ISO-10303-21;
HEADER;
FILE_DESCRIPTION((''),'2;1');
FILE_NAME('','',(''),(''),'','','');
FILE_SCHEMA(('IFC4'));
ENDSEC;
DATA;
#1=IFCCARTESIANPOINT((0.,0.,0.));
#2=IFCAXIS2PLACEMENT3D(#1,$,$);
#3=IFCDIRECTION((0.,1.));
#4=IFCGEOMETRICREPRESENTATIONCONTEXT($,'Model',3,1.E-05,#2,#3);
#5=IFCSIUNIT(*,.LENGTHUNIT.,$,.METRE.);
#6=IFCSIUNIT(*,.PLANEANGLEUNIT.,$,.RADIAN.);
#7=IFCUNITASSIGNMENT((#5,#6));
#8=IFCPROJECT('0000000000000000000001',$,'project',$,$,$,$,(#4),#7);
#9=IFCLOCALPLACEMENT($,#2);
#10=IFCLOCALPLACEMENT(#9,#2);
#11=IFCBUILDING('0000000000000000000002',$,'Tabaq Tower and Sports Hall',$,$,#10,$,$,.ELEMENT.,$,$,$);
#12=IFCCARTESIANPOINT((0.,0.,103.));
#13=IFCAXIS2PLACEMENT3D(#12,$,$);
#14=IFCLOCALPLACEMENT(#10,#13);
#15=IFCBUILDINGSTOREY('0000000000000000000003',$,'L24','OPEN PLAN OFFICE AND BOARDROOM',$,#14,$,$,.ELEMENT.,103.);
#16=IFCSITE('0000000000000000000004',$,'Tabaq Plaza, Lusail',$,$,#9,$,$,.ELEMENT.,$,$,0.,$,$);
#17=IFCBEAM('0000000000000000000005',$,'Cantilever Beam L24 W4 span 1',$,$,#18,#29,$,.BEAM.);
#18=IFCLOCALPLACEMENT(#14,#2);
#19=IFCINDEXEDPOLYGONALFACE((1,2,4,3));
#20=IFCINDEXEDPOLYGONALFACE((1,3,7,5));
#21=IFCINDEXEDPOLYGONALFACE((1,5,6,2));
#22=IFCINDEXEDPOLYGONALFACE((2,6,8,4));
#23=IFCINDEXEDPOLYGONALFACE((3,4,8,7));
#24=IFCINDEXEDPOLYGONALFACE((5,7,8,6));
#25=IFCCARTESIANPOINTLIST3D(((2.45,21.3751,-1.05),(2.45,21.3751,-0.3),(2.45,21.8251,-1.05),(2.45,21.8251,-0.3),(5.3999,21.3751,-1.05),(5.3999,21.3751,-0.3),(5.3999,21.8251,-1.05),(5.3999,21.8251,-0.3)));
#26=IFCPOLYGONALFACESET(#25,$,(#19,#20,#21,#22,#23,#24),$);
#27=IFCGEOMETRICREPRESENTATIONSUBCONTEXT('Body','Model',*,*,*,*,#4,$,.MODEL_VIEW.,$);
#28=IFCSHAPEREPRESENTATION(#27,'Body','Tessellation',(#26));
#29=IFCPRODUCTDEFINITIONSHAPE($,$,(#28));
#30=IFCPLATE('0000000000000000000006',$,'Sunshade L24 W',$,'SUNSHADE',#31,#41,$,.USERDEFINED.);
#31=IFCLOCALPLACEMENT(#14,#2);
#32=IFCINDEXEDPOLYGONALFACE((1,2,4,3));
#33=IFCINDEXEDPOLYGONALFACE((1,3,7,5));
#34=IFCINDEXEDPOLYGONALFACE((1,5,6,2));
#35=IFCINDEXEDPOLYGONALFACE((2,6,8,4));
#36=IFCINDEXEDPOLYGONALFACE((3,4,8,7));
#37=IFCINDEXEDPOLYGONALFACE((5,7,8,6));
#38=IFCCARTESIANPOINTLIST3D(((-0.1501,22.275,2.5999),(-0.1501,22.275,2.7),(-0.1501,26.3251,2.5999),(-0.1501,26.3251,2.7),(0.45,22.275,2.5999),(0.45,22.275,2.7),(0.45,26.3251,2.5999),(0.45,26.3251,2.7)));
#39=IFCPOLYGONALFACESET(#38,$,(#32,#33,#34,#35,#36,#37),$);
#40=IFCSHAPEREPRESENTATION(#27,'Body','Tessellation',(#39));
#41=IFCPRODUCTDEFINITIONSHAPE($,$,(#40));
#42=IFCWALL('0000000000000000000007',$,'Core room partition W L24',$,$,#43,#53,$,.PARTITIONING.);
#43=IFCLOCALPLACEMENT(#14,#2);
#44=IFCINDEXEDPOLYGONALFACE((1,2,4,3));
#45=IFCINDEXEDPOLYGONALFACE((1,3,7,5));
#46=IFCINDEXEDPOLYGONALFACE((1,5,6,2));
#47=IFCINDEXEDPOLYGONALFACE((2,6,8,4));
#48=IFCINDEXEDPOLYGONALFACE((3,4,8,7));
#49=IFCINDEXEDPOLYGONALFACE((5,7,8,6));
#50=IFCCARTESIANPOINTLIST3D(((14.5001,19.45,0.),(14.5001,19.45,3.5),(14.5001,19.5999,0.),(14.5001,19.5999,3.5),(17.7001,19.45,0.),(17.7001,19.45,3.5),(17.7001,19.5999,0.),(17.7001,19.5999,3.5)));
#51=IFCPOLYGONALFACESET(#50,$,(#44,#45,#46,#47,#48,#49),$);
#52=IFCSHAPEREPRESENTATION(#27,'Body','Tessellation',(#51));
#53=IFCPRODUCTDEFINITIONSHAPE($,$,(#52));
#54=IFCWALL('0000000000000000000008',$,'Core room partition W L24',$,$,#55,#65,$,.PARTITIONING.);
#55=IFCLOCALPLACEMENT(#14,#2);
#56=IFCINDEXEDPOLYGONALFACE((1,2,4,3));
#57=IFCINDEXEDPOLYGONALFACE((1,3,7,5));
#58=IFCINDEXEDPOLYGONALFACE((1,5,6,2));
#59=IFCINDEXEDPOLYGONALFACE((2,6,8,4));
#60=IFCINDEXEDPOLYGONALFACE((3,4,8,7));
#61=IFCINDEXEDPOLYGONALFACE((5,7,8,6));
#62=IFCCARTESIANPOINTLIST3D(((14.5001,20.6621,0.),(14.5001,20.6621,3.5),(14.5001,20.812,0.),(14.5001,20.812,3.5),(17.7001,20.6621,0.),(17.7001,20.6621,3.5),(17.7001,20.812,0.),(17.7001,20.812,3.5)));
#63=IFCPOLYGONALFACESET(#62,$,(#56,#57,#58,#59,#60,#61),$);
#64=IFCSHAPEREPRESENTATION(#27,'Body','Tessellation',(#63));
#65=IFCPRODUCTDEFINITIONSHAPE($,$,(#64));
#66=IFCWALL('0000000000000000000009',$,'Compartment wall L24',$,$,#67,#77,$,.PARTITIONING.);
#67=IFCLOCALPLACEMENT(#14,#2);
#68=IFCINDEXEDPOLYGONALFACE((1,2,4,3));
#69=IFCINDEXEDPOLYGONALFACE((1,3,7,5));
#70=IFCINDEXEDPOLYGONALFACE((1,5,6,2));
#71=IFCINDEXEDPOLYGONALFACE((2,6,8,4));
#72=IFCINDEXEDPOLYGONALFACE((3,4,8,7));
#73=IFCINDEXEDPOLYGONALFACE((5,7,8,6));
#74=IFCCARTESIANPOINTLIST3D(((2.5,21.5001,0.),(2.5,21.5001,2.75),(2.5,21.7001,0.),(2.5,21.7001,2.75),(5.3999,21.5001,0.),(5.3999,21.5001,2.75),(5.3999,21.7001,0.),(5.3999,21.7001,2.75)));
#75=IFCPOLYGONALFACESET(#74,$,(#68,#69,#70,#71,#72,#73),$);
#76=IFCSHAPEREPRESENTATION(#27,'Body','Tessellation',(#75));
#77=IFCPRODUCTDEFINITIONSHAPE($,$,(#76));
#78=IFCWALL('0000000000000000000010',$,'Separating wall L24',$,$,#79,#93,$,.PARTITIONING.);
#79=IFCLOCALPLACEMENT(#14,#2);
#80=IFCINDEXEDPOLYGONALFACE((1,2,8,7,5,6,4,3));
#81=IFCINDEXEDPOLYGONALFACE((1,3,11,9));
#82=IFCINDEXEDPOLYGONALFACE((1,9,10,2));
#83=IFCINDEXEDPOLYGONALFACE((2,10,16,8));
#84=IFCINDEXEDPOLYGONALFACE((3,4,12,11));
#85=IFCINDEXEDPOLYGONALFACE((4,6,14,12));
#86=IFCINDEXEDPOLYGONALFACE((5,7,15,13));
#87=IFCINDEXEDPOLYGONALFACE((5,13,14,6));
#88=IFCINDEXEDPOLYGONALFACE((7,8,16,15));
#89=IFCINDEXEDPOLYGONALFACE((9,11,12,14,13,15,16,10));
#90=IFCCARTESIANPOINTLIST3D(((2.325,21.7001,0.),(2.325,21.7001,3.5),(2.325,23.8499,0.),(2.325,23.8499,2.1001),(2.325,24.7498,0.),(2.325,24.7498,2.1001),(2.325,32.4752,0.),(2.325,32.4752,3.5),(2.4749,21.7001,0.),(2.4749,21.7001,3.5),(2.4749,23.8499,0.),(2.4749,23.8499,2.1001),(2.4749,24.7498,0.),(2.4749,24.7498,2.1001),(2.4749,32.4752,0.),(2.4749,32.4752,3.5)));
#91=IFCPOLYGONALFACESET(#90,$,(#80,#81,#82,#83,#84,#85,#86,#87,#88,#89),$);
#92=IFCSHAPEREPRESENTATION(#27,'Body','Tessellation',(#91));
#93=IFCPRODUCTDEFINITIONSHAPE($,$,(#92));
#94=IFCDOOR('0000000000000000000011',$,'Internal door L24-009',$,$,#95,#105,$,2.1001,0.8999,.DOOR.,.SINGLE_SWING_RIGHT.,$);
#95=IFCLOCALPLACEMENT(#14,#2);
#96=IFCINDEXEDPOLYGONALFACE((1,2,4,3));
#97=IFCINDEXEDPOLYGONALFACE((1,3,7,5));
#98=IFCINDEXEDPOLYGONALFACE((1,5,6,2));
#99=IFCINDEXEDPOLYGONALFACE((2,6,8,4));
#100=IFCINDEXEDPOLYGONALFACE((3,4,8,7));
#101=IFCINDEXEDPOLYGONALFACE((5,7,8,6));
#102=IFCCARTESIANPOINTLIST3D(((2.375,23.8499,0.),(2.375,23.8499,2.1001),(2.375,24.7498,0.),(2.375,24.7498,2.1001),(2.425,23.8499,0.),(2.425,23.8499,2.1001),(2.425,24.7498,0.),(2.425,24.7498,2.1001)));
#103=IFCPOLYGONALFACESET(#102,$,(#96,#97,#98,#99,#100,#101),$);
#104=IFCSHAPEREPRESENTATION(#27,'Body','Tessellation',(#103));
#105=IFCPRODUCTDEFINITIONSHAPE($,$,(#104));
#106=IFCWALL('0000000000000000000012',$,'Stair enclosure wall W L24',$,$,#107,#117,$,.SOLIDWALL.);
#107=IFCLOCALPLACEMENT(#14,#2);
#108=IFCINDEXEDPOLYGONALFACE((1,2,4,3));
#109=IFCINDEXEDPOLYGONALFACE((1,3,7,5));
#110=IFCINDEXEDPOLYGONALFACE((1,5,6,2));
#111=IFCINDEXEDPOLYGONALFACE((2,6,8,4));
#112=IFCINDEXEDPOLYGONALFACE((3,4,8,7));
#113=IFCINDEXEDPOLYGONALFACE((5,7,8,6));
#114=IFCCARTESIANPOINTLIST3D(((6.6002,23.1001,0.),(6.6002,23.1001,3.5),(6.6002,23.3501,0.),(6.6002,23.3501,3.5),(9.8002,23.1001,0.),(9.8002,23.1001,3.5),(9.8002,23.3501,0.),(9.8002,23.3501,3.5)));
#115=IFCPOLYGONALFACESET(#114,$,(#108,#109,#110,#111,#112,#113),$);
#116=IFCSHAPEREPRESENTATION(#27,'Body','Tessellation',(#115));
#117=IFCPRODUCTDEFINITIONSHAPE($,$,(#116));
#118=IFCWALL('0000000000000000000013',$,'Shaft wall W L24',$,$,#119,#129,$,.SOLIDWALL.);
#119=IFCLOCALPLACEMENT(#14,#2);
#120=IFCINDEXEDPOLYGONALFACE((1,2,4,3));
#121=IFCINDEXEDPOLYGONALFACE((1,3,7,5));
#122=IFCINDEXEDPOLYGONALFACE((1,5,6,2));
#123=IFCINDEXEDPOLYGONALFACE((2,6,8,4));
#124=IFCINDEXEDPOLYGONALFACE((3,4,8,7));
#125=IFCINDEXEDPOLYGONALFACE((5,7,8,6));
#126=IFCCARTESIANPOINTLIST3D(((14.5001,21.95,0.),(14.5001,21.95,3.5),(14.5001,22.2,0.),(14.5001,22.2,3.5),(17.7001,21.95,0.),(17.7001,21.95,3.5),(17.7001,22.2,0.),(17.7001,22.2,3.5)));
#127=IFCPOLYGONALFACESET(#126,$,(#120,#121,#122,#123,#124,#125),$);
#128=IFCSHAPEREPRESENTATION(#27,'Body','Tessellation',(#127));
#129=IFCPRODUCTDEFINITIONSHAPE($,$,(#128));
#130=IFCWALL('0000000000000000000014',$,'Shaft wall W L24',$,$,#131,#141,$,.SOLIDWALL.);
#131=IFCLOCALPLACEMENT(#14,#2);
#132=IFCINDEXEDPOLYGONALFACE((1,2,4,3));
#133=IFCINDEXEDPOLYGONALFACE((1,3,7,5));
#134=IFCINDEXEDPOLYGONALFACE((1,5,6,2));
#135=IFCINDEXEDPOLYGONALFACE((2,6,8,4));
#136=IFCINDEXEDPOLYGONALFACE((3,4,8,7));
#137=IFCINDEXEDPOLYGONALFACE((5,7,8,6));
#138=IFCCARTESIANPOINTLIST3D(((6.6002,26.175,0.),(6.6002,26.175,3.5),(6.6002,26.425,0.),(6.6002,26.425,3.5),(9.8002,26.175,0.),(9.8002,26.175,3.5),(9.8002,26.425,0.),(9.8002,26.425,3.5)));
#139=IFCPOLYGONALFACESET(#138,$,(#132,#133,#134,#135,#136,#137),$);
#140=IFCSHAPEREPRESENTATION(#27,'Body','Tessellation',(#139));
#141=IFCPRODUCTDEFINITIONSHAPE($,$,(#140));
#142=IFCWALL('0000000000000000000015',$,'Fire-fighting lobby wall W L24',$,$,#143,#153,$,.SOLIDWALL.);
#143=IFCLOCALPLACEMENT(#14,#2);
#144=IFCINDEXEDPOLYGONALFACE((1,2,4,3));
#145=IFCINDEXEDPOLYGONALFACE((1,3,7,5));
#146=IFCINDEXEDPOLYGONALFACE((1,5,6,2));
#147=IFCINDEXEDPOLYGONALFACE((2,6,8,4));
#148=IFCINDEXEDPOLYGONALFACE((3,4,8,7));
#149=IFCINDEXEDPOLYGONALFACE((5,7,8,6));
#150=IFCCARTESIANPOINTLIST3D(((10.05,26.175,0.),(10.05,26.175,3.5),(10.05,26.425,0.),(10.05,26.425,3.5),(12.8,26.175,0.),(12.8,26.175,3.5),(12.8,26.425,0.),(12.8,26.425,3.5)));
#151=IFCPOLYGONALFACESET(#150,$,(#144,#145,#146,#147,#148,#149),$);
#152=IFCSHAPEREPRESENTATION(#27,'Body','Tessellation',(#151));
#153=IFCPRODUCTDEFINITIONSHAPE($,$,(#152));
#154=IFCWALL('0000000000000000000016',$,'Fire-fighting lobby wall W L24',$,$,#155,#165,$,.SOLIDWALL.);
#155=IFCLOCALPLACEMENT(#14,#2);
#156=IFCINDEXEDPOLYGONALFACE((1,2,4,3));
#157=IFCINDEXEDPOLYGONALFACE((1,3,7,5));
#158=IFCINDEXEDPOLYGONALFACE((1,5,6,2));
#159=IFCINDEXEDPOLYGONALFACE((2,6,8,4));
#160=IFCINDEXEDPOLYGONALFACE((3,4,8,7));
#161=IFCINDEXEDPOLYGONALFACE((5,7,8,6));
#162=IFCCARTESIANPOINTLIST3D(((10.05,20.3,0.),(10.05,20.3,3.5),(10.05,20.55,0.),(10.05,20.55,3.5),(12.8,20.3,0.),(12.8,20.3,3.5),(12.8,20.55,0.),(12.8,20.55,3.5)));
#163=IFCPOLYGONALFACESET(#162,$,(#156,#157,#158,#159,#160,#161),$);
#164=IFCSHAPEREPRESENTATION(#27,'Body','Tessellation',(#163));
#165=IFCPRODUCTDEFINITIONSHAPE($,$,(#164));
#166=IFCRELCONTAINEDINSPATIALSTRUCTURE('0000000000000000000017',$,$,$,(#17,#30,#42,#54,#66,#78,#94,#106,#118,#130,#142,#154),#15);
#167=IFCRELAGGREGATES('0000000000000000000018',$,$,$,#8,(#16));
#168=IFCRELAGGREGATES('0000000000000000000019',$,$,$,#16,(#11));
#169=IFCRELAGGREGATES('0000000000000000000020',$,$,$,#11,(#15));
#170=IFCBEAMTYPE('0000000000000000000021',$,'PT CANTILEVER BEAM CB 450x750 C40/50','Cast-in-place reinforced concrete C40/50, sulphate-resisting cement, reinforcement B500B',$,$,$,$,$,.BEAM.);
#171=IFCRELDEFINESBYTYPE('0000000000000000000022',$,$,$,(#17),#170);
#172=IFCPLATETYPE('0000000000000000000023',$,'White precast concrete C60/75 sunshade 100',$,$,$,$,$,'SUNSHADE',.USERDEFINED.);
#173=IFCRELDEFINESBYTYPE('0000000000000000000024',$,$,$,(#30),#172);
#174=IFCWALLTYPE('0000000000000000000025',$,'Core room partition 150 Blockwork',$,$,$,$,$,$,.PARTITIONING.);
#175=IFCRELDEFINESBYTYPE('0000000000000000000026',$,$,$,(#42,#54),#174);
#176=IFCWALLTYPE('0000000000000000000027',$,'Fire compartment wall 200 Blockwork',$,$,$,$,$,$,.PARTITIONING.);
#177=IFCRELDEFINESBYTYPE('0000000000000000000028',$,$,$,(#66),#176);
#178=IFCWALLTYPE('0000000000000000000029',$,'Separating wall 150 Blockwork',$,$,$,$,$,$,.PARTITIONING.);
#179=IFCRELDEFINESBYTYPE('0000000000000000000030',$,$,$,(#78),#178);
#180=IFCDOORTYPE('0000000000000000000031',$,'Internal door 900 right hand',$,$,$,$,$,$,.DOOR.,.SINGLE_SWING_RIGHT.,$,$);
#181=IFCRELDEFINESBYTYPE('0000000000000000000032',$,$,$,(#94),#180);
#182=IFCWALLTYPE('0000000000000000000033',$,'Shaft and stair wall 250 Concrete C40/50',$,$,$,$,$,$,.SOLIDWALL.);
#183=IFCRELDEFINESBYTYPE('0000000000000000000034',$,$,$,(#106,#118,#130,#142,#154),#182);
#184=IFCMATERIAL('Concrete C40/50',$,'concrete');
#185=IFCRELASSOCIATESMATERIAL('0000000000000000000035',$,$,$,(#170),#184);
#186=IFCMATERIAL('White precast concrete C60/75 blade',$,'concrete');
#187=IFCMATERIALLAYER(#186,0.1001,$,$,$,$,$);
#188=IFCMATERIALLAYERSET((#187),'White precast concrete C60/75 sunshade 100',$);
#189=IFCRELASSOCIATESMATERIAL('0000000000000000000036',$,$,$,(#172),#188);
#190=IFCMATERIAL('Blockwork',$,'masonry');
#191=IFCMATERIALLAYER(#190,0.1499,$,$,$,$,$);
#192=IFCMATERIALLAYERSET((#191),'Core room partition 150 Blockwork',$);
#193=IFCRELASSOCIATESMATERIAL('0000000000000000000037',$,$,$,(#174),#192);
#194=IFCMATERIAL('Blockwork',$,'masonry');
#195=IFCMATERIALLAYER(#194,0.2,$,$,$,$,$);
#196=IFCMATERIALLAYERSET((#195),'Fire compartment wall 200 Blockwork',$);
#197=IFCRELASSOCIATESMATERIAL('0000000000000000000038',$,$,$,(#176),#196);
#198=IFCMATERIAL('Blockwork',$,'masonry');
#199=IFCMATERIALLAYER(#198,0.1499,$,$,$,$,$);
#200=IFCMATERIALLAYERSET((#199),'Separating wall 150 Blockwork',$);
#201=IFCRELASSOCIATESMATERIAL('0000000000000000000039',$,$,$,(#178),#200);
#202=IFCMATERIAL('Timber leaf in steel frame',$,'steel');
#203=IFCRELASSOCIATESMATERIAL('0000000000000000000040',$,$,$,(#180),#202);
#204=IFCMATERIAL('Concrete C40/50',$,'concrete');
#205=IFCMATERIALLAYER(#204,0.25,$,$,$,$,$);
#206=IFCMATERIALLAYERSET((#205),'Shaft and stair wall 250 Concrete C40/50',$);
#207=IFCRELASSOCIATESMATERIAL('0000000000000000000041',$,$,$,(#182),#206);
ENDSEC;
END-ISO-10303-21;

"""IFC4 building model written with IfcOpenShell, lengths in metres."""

from ifc_helpers import new_model, si_unit, direction, frame, frame_2d, origin, origin_2d, place, context, subcontext, project, spatial, rectangle, extrude, material, layer, layer_set, material_profile, profile_set, type_object, element, fill, save


model = new_model("IFC4")

# Units and contexts
model_context = context("Model", 3, precision=1e-05, world=origin(), true_north=direction((0.0, 1.0)))
body_context = subcontext(model_context, "Body", "Model", "MODEL_VIEW")
ifc_project = project(units=[si_unit("LENGTHUNIT", "METRE"), si_unit("PLANEANGLEUNIT", "RADIAN")], contexts=[model_context])

# Site, building, storey
site_placement = place(None, origin())
site = spatial("IfcSite", under=ifc_project, at=site_placement, Name="Tabaq Plaza, Lusail", CompositionType="ELEMENT", RefElevation=0.0)
building_placement = place(site_placement, origin())
building = spatial("IfcBuilding", under=site, at=building_placement, Name="Tabaq Tower and Sports Hall", CompositionType="ELEMENT")
storey_placement = place(building_placement, frame((0.0, 0.0, 103.0)))
storey = spatial("IfcBuildingStorey", under=building, at=storey_placement, Name="L24", Description="OPEN PLAN OFFICE AND BOARDROOM", CompositionType="ELEMENT", Elevation=103.0)

# Beam
ifc_material_1 = material(Name="Concrete C40/50", Category="concrete")
ifc_material_profile = material_profile(ifc_material_1, rectangle(XDim=0.45, YDim=0.75, at=origin_2d()), Name="CB 450x750")
ifc_profile_set = profile_set([ifc_material_profile], Name="Concrete C40/50")
beam_type = type_object("IfcBeamType", Name="PT CANTILEVER BEAM CB 450x750 C40/50", Description="Cast-in-place reinforced concrete C40/50, sulphate-resisting cement, reinforcement B500B", PredefinedType="BEAM", material=ifc_profile_set)
beam_placement = place(storey_placement, frame((2.45, 21.6001, -0.675), z_axis=(1.0, 0.0, 0.0), x_axis=(0.0, 1.0, 0.0)))
element("IfcBeam", 1, at=beam_placement, inside=storey, type_object=beam_type, Name="Cantilever Beam L24 W4 span 1", PredefinedType="BEAM", context=body_context, shape_type="SweptSolid", body=[
    extrude(rectangle(XDim=0.45, YDim=0.75, at=origin_2d()), origin(), (0.0, 0.0, 1.0), 2.95),
])

# Plate
ifc_material_2 = material(Name="White precast concrete C60/75 blade", Category="concrete")
ifc_layer_1 = layer(ifc_material_2, 0.1001)
ifc_layer_set_1 = layer_set([ifc_layer_1], Name="White precast concrete C60/75 sunshade 100")
plate_type = type_object("IfcPlateType", Name="White precast concrete C60/75 sunshade 100", ElementType="SUNSHADE", PredefinedType="USERDEFINED", material=ifc_layer_set_1)
plate_placement = place(storey_placement, frame((0.1499, 24.3, 2.5999), z_axis=(0.0, 0.0, 1.0), x_axis=(0.0, -1.0, 0.0)))
element("IfcPlate", 2, at=plate_placement, inside=storey, type_object=plate_type, Name="Sunshade L24 W", ObjectType="SUNSHADE", PredefinedType="USERDEFINED", context=body_context, shape_type="SweptSolid", body=[
    extrude(rectangle(XDim=4.05, YDim=0.6001, at=origin_2d()), origin(), (0.0, 0.0, 1.0), 0.1001),
])

# Walls
ifc_material_3 = material(Name="Blockwork", Category="masonry")
ifc_layer_2 = layer(ifc_material_3, 0.1499)
ifc_layer_set_2 = layer_set([ifc_layer_2], Name="Core room partition 150 Blockwork")
wall_type_1 = type_object("IfcWallType", Name="Core room partition 150 Blockwork", PredefinedType="PARTITIONING", material=ifc_layer_set_2)
for number, where, z_axis, x_axis, name in (
    (3, (14.5, 19.5249, 0.0), (0.0, 0.0, 1.0), (1.0, 0.0, 0.0), "Core room partition W L24"),
    (4, (14.5, 20.7371, 0.0), (0.0, 0.0, 1.0), (1.0, 0.0, 0.0), "Core room partition W L24"),
):
    element("IfcWall", number, at=place(storey_placement, frame(where, z_axis=z_axis, x_axis=x_axis)), inside=storey, type_object=wall_type_1, Name=name, PredefinedType="PARTITIONING", context=body_context, shape_type="SweptSolid", body=[
        extrude(rectangle(XDim=3.2, YDim=0.1499, at=frame_2d((1.6001, 0.0))), origin(), (0.0, 0.0, 1.0), 3.5),
    ])
ifc_material_4 = material(Name="Blockwork", Category="masonry")
ifc_layer_3 = layer(ifc_material_4, 0.2)
ifc_layer_set_3 = layer_set([ifc_layer_3], Name="Fire compartment wall 200 Blockwork")
wall_type_2 = type_object("IfcWallType", Name="Fire compartment wall 200 Blockwork", PredefinedType="PARTITIONING", material=ifc_layer_set_3)
wall_1_placement = place(storey_placement, frame((5.3999, 21.6001, 0.0), z_axis=(0.0, 0.0, 1.0), x_axis=(-1.0, 0.0, 0.0)))
element("IfcWall", 5, at=wall_1_placement, inside=storey, type_object=wall_type_2, Name="Compartment wall L24", PredefinedType="PARTITIONING", context=body_context, shape_type="SweptSolid", body=[
    extrude(rectangle(XDim=2.8999, YDim=0.2, at=frame_2d((1.45, 0.0))), origin(), (0.0, 0.0, 1.0), 2.75),
])

# Wall, opening, door
ifc_material_5 = material(Name="Blockwork", Category="masonry")
ifc_layer_4 = layer(ifc_material_5, 0.1499)
ifc_layer_set_4 = layer_set([ifc_layer_4], Name="Separating wall 150 Blockwork")
wall_type_3 = type_object("IfcWallType", Name="Separating wall 150 Blockwork", PredefinedType="PARTITIONING", material=ifc_layer_set_4)
wall_2_placement = place(storey_placement, frame((2.3999, 21.7, 0.0), z_axis=(0.0, 0.0, 1.0), x_axis=(0.0, 1.0, 0.0)))
wall_2 = element("IfcWall", 6, at=wall_2_placement, inside=storey, type_object=wall_type_3, Name="Separating wall L24", PredefinedType="PARTITIONING", context=body_context, shape_type="SweptSolid", body=[
    extrude(rectangle(XDim=10.7751, YDim=0.1499, at=frame_2d((5.3877, 0.0))), origin(), (0.0, 0.0, 1.0), 3.5),
])
opening_1_placement = place(wall_2_placement, frame((2.1499, 0.0, 0.0)))
opening_1 = element("IfcOpeningElement", 7, at=opening_1_placement, cuts=wall_2, PredefinedType="OPENING", context=body_context, shape_type="SweptSolid", body=[
    extrude(rectangle(XDim=0.8999, YDim=2.1001, at=frame_2d((0.45, 1.05))), frame((0.0, 0.075, 0.0), z_axis=(0.0, -1.0, 0.0), x_axis=(1.0, 0.0, 0.0)), (0.0, 0.0, 1.0), 0.1499),
])
ifc_material_6 = material(Name="Timber leaf in steel frame", Category="steel")
door_type_1 = type_object("IfcDoorType", Name="Internal door 900 right hand", OperationType="SINGLE_SWING_RIGHT", PredefinedType="DOOR", material=ifc_material_6)
door_1_placement = place(opening_1_placement, origin())
door_1 = element("IfcDoor", 8, at=door_1_placement, inside=storey, type_object=door_type_1, Name="Internal door L24-009", OperationType="SINGLE_SWING_RIGHT", OverallHeight=2.1001, OverallWidth=0.8999, PredefinedType="DOOR", context=body_context, shape_type="SweptSolid", body=[
    extrude(rectangle(XDim=0.8999, YDim=2.1001, at=frame_2d((0.45, 1.05))), frame((0.0, 0.0249, 0.0), z_axis=(0.0, -1.0, 0.0), x_axis=(1.0, 0.0, 0.0)), (0.0, 0.0, 1.0), 0.05),
])
fill(opening_1, door_1)

# Walls
ifc_material_7 = material(Name="Concrete C40/50", Category="concrete")
ifc_layer_5 = layer(ifc_material_7, 0.25)
ifc_layer_set_5 = layer_set([ifc_layer_5], Name="Shaft and stair wall 250 Concrete C40/50")
wall_type_4 = type_object("IfcWallType", Name="Shaft and stair wall 250 Concrete C40/50", PredefinedType="SOLIDWALL", material=ifc_layer_set_5)
for number, where, z_axis, x_axis, name in (
    (9, (6.6001, 23.2251, 0.0), (0.0, 0.0, 1.0), (1.0, 0.0, 0.0), "Stair enclosure wall W L24"),
    (10, (14.5, 22.075, 0.0), (0.0, 0.0, 1.0), (1.0, 0.0, 0.0), "Shaft wall W L24"),
    (11, (6.6001, 26.3, 0.0), (0.0, 0.0, 1.0), (1.0, 0.0, 0.0), "Shaft wall W L24"),
):
    element("IfcWall", number, at=place(storey_placement, frame(where, z_axis=z_axis, x_axis=x_axis)), inside=storey, type_object=wall_type_4, Name=name, PredefinedType="SOLIDWALL", context=body_context, shape_type="SweptSolid", body=[
        extrude(rectangle(XDim=3.2, YDim=0.25, at=frame_2d((1.6001, 0.0))), origin(), (0.0, 0.0, 1.0), 3.5),
    ])
for number, where, z_axis, x_axis, name in (
    (12, (10.05, 26.3, 0.0), (0.0, 0.0, 1.0), (1.0, 0.0, 0.0), "Fire-fighting lobby wall W L24"),
    (13, (10.05, 20.425, 0.0), (0.0, 0.0, 1.0), (1.0, 0.0, 0.0), "Fire-fighting lobby wall W L24"),
):
    element("IfcWall", number, at=place(storey_placement, frame(where, z_axis=z_axis, x_axis=x_axis)), inside=storey, type_object=wall_type_4, Name=name, PredefinedType="SOLIDWALL", context=body_context, shape_type="SweptSolid", body=[
        extrude(rectangle(XDim=2.75, YDim=0.25, at=frame_2d((1.375, 0.0))), origin(), (0.0, 0.0, 1.0), 3.5),
    ])

save(model, "model.ifc")
